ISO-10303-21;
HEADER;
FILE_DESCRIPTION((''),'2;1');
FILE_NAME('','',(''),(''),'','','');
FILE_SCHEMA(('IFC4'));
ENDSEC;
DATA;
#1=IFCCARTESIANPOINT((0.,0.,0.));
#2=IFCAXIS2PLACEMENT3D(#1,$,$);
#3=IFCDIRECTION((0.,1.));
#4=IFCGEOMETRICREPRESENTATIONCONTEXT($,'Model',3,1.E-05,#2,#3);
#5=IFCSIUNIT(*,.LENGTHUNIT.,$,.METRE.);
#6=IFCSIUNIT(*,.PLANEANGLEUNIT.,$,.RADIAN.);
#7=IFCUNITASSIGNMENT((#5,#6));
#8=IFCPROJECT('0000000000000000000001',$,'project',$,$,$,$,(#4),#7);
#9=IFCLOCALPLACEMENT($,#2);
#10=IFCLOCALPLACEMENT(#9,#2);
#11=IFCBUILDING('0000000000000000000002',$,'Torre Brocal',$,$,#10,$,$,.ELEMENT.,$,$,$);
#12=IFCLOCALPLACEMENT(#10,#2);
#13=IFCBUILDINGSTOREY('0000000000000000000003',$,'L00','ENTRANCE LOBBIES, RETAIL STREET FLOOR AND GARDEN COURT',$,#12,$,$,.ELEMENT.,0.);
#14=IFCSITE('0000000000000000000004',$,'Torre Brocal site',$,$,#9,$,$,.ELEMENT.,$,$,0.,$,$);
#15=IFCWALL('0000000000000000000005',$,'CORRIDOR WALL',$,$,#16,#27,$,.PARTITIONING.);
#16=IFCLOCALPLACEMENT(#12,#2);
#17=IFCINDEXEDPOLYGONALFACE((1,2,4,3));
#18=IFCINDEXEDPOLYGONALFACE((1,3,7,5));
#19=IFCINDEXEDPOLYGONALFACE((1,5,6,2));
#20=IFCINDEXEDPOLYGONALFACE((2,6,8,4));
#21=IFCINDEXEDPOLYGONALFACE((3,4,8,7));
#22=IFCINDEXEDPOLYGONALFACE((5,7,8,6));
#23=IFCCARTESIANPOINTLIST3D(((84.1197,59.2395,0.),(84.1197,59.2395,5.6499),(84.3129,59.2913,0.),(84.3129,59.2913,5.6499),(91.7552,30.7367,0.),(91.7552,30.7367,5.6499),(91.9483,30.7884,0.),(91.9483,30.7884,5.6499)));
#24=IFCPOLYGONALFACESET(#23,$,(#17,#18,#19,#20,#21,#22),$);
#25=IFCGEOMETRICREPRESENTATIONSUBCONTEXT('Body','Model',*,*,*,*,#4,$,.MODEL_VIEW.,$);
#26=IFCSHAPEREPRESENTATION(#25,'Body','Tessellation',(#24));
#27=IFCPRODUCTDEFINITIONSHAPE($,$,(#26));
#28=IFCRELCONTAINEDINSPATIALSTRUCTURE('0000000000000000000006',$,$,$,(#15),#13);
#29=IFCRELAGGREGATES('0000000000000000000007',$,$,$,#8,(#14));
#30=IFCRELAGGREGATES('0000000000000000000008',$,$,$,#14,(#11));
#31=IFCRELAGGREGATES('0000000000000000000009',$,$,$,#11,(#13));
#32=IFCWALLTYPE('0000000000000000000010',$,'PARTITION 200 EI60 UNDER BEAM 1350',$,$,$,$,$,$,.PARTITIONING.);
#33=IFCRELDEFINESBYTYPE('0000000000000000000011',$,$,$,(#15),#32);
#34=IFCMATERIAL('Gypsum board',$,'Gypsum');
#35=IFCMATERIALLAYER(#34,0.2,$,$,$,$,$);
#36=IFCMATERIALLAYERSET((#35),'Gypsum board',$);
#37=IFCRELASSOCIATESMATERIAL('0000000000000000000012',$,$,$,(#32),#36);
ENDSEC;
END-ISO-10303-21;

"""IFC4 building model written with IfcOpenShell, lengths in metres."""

from ifc_helpers import new_model, si_unit, direction, frame, frame_2d, origin, place, context, subcontext, project, spatial, rectangle, extrude, material, layer, layer_set, type_object, element, save


model = new_model("IFC4")

# Units and contexts
model_context = context("Model", 3, precision=1e-05, world=origin(), true_north=direction((0.0, 1.0)))
body_context = subcontext(model_context, "Body", "Model", "MODEL_VIEW")
ifc_project = project(units=[si_unit("LENGTHUNIT", "METRE"), si_unit("PLANEANGLEUNIT", "RADIAN")], contexts=[model_context])

# Site, building, storey
site_placement = place(None, origin())
site = spatial("IfcSite", under=ifc_project, at=site_placement, Name="Torre Brocal site", CompositionType="ELEMENT", RefElevation=0.0)
building_placement = place(site_placement, origin())
building = spatial("IfcBuilding", under=site, at=building_placement, Name="Torre Brocal", CompositionType="ELEMENT")
storey_placement = place(building_placement, origin())
storey = spatial("IfcBuildingStorey", under=building, at=storey_placement, Name="L00", Description="ENTRANCE LOBBIES, RETAIL STREET FLOOR AND GARDEN COURT", CompositionType="ELEMENT", Elevation=0.0)

# Wall
ifc_material_1 = material(Name="Gypsum board", Category="Gypsum")
ifc_layer_1 = layer(ifc_material_1, 0.2)
ifc_layer_set_1 = layer_set([ifc_layer_1], Name="Gypsum board")
wall_type_1 = type_object("IfcWallType", Name="PARTITION 200 EI60 UNDER BEAM 1350", PredefinedType="PARTITIONING", material=ifc_layer_set_1)
wall_1_placement = place(storey_placement, frame((84.2163, 59.2654, 0.0), z_axis=(0.0, 0.0, 1.0), x_axis=(0.258761, -0.965941, 0.0)))
element("IfcWall", 1, at=wall_1_placement, inside=storey, type_object=wall_type_1, Name="CORRIDOR WALL", PredefinedType="PARTITIONING", context=body_context, shape_type="SweptSolid", body=[
    extrude(rectangle(XDim=29.5078, YDim=0.2, at=frame_2d((14.7539, 0.0))), origin(), (0.0, 0.0, 1.0), 5.6499),
])

save(model, "model.ifc")
